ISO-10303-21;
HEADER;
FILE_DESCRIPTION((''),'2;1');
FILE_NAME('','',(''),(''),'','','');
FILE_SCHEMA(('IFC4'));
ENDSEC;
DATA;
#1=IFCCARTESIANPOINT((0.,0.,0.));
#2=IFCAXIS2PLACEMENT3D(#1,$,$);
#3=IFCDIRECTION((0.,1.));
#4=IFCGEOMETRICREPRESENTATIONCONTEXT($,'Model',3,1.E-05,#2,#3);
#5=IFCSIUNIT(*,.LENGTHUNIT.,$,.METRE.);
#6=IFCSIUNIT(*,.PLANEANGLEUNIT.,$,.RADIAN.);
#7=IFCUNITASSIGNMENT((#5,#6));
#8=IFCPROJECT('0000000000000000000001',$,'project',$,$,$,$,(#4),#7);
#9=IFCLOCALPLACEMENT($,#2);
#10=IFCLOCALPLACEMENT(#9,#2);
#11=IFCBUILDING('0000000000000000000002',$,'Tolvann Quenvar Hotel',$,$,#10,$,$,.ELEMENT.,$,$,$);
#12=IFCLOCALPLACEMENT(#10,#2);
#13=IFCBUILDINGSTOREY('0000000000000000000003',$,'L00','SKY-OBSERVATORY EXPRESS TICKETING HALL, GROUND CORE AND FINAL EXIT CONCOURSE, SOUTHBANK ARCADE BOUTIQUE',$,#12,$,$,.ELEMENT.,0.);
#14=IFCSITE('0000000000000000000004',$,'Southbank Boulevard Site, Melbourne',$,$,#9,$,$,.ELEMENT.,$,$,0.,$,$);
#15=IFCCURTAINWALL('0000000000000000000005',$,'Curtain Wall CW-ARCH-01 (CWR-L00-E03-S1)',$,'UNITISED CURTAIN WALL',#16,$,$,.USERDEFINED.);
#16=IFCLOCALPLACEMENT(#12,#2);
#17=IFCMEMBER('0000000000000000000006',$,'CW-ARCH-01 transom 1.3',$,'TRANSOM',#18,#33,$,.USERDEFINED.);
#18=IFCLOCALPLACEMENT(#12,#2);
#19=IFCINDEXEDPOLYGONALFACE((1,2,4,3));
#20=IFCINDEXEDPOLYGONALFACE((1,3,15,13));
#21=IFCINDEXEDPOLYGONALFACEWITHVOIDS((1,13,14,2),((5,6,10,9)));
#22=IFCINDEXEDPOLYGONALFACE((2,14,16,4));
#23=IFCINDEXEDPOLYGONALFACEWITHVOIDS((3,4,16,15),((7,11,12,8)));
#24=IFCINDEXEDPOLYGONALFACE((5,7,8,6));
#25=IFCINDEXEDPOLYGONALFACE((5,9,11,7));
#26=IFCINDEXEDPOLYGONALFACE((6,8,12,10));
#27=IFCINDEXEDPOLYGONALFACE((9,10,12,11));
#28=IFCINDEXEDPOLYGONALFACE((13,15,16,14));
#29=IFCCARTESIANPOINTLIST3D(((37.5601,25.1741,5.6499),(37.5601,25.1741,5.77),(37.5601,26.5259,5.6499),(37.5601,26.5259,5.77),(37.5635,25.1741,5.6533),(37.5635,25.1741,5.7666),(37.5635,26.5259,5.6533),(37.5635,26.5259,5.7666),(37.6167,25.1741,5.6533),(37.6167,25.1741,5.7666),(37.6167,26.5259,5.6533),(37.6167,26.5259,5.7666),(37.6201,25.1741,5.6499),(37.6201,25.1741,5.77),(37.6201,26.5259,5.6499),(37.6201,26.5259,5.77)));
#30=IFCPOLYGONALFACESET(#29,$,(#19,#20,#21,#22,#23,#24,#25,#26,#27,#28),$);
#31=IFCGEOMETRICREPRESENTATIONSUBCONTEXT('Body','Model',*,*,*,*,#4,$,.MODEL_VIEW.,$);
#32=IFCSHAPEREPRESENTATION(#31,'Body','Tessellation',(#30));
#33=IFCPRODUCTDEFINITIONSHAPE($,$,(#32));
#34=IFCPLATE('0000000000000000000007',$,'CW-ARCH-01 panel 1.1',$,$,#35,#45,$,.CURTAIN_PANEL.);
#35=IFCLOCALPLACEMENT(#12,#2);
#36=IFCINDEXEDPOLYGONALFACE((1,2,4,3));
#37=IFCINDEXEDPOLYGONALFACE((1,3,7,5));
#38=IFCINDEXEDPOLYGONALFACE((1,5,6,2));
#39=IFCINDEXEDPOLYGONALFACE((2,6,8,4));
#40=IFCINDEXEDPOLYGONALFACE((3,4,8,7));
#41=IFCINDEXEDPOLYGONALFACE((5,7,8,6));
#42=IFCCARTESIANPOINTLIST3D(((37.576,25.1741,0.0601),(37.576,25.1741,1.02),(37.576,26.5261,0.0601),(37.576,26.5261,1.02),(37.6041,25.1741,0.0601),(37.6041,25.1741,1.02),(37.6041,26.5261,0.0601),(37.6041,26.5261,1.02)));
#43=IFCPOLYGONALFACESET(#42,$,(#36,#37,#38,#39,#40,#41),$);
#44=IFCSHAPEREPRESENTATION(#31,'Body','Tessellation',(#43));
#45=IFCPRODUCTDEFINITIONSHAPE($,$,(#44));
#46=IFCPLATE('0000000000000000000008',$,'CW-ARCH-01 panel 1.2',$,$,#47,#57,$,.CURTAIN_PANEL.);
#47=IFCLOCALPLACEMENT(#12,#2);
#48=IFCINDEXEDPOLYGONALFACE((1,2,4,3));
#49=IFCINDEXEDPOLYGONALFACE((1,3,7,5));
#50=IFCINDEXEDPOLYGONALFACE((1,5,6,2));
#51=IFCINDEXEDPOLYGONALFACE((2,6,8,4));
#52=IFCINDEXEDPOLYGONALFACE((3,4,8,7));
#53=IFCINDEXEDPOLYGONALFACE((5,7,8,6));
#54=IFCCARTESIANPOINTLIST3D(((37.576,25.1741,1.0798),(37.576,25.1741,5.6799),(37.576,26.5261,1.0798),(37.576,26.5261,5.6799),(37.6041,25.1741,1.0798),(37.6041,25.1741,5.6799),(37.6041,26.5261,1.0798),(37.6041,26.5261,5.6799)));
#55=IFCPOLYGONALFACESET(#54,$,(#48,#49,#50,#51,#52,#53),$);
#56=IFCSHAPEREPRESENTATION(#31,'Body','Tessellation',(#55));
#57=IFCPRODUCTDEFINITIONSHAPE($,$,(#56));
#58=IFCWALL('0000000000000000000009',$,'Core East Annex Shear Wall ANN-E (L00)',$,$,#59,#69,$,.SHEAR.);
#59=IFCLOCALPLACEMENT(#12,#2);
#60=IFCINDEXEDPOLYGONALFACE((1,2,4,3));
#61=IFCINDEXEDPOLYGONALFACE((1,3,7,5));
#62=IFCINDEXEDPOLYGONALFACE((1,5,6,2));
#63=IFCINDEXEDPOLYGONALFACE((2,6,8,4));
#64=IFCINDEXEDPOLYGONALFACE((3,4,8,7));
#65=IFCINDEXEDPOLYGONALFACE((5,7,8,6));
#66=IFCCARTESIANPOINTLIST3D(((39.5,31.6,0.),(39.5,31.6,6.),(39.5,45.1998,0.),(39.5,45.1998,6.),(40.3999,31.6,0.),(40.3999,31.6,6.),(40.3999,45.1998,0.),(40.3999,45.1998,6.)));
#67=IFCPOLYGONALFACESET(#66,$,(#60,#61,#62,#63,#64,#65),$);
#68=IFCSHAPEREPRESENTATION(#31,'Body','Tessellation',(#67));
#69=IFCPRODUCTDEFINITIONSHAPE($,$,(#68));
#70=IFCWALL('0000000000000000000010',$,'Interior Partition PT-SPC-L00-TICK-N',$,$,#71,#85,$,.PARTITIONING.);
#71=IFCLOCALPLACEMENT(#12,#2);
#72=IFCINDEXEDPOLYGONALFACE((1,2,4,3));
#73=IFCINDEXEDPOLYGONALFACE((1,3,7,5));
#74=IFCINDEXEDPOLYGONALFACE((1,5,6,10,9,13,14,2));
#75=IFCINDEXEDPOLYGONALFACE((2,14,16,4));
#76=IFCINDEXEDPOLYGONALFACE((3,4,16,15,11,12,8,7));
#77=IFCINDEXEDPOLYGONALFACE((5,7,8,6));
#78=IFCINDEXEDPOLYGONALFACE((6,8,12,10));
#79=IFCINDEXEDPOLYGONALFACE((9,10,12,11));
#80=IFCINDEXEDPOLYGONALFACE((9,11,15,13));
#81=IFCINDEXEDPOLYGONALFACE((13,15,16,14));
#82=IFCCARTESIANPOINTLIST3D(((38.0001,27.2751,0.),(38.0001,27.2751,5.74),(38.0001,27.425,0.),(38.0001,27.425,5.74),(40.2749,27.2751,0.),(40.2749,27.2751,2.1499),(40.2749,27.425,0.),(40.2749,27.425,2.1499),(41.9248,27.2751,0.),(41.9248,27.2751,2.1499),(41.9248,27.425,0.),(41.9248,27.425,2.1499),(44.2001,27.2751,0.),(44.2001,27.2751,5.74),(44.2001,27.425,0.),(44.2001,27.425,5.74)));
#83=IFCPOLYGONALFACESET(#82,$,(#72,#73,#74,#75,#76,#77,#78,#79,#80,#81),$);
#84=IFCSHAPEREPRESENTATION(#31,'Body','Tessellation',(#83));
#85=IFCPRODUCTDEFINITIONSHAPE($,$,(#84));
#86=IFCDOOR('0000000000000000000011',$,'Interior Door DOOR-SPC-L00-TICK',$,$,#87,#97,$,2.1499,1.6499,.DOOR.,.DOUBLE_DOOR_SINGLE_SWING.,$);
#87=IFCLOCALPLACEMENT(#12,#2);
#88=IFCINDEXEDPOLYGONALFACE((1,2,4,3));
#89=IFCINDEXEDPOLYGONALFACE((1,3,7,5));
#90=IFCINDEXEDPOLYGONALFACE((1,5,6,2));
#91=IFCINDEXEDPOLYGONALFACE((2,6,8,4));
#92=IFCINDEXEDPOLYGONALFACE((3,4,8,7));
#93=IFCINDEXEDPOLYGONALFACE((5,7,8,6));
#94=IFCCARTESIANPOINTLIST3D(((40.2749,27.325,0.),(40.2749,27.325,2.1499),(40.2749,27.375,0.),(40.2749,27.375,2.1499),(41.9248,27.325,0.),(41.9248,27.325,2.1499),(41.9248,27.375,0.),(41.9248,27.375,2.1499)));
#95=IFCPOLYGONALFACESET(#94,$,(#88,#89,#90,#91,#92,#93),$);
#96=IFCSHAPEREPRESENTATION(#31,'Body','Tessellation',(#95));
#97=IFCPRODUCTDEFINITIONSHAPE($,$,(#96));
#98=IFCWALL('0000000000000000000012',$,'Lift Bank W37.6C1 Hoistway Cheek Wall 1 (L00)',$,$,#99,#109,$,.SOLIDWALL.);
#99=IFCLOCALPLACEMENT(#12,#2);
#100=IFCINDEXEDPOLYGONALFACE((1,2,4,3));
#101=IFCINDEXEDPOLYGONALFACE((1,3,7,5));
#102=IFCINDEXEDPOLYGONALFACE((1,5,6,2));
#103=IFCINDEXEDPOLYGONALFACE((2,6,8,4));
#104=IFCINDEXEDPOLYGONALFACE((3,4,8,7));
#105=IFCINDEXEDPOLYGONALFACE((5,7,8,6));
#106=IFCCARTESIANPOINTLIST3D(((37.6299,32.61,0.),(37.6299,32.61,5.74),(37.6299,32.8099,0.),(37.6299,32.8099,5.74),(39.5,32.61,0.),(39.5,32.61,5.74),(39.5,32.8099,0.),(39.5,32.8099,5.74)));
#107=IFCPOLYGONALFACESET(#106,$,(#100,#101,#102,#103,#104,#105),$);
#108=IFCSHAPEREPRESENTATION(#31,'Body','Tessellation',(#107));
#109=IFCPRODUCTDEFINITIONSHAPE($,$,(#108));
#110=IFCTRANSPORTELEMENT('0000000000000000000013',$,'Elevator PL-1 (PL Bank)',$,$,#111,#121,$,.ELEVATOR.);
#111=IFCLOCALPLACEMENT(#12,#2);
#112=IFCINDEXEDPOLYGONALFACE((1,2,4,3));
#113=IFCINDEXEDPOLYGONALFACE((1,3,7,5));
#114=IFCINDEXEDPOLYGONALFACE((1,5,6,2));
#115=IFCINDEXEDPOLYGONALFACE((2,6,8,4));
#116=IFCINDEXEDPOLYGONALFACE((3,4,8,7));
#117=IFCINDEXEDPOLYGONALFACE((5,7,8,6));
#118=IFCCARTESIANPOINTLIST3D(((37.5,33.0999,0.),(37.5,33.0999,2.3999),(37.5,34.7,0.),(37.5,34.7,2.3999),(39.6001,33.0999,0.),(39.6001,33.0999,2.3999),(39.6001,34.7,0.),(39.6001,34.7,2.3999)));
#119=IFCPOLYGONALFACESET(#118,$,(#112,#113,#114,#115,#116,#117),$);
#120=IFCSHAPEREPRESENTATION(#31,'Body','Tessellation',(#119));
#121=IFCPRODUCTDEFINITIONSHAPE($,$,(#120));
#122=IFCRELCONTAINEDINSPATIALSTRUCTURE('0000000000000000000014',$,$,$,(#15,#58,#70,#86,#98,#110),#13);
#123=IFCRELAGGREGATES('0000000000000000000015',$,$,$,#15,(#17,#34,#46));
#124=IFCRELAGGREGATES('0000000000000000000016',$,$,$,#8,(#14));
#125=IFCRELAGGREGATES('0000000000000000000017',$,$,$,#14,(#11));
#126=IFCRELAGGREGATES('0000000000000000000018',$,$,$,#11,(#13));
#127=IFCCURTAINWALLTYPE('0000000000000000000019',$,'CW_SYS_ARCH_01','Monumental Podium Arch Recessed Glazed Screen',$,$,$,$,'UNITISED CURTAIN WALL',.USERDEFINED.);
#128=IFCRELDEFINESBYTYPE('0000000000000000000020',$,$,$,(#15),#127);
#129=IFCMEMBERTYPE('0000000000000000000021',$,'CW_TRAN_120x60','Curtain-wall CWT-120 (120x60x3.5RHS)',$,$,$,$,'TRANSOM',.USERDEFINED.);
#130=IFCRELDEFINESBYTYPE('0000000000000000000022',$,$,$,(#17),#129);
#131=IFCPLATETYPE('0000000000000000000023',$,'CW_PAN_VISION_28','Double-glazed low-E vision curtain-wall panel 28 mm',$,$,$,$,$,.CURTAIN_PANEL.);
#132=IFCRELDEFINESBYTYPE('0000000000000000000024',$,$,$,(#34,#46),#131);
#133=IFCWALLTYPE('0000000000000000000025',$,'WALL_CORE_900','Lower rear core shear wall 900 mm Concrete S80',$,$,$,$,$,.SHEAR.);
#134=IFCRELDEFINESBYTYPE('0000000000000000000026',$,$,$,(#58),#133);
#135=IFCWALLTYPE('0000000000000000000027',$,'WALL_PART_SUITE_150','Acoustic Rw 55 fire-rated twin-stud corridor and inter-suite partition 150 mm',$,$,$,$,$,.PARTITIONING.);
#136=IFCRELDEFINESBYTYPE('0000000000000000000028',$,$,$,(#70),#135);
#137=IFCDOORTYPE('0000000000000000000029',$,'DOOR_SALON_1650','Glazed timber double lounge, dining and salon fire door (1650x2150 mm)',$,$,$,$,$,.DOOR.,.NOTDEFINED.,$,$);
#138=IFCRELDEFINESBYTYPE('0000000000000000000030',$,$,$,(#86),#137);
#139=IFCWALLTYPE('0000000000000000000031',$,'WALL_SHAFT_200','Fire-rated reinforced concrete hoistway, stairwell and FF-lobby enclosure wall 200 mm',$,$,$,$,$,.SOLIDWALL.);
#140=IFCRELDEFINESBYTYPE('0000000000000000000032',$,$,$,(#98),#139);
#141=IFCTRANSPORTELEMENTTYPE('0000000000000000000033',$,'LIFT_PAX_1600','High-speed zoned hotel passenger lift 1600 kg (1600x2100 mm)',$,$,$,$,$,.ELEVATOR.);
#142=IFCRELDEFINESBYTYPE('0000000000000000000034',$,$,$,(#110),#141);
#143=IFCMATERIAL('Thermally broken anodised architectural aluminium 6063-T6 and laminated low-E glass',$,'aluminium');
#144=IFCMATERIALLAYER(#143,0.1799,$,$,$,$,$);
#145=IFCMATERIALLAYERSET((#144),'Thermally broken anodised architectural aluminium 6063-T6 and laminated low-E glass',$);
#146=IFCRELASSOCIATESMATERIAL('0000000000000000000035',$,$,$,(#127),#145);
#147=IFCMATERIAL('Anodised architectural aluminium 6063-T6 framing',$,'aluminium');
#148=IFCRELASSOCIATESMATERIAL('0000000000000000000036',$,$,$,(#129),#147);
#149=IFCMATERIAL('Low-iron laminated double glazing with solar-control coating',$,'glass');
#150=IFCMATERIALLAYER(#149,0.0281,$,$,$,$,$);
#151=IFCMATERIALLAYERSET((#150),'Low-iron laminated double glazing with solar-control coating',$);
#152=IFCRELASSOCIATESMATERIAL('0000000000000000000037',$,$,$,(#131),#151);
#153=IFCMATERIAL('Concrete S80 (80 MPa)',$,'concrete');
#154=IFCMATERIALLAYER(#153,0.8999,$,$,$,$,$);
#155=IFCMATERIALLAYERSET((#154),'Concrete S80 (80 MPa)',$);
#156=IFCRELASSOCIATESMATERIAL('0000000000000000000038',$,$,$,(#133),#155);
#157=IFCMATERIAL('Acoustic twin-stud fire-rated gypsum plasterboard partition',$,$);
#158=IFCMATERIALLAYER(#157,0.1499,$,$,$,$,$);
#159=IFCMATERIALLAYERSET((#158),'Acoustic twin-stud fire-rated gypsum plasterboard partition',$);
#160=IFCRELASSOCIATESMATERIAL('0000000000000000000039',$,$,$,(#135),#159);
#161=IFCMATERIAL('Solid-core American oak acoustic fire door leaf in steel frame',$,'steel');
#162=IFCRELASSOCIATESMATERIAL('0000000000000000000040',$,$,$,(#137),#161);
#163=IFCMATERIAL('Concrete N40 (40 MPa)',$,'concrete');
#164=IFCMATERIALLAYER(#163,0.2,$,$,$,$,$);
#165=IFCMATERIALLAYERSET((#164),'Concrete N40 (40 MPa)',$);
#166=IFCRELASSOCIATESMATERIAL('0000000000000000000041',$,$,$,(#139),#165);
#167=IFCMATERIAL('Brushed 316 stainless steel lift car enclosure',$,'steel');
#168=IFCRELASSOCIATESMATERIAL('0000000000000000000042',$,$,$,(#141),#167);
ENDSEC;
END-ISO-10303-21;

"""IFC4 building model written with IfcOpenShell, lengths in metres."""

from ifc_helpers import new_model, si_unit, direction, frame, frame_2d, origin, origin_2d, place, context, subcontext, project, spatial, rectangle, hollow_rectangle, extrude, source, transform, mapped, material, layer, layer_set, material_profile, profile_set, type_object, type_shapes, element, fill, aggregate, save


model = new_model("IFC4")

# Units and contexts
model_context = context("Model", 3, precision=1e-05, world=origin(), true_north=direction((0.0, 1.0)))
body_context = subcontext(model_context, "Body", "Model", "MODEL_VIEW")
ifc_project = project(units=[si_unit("LENGTHUNIT", "METRE"), si_unit("PLANEANGLEUNIT", "RADIAN")], contexts=[model_context])

# Site, building, storey
site_placement = place(None, origin())
site = spatial("IfcSite", under=ifc_project, at=site_placement, Name="Southbank Boulevard Site, Melbourne", CompositionType="ELEMENT", RefElevation=0.0)
building_placement = place(site_placement, origin())
building = spatial("IfcBuilding", under=site, at=building_placement, Name="Tolvann Quenvar Hotel", CompositionType="ELEMENT")
storey_placement = place(building_placement, origin())
storey = spatial("IfcBuildingStorey", under=building, at=storey_placement, Name="L00", Description="SKY-OBSERVATORY EXPRESS TICKETING HALL, GROUND CORE AND FINAL EXIT CONCOURSE, SOUTHBANK ARCADE BOUTIQUE", CompositionType="ELEMENT", Elevation=0.0)

# Shared definitions
ifc_material_1 = material(Name="Concrete S80 (80 MPa)", Category="concrete")

# Curtain wall, member, plates
ifc_material_2 = material(Name="Thermally broken anodised architectural aluminium 6063-T6 and laminated low-E glass", Category="aluminium")
ifc_layer_1 = layer(ifc_material_2, 0.1799)
ifc_layer_set_1 = layer_set([ifc_layer_1], Name="Thermally broken anodised architectural aluminium 6063-T6 and laminated low-E glass")
curtain_wall_type = type_object("IfcCurtainWallType", Name="CW_SYS_ARCH_01", Description="Monumental Podium Arch Recessed Glazed Screen", ElementType="UNITISED CURTAIN WALL", PredefinedType="USERDEFINED", material=ifc_layer_set_1)
curtain_wall_placement = place(storey_placement, origin())
curtain_wall = element("IfcCurtainWall", 1, at=curtain_wall_placement, inside=storey, type_object=curtain_wall_type, Name="Curtain Wall CW-ARCH-01 (CWR-L00-E03-S1)", ObjectType="UNITISED CURTAIN WALL", PredefinedType="USERDEFINED")
ifc_material_3 = material(Name="Anodised architectural aluminium 6063-T6 framing", Category="aluminium")
ifc_material_profile_1 = material_profile(ifc_material_3, hollow_rectangle(XDim=0.0601, YDim=0.1201, WallThickness=0.0034, at=origin_2d()), Name="120x60x3.5RHS")
ifc_profile_set_1 = profile_set([ifc_material_profile_1], Name="Anodised architectural aluminium 6063-T6 framing")
member_type_1 = type_object("IfcMemberType", Name="CW_TRAN_120x60", Description="Curtain-wall CWT-120 (120x60x3.5RHS)", ElementType="TRANSOM", PredefinedType="USERDEFINED", material=ifc_profile_set_1)
shared_shape_1 = source(origin(), body_context, "Body", "SweptSolid", [
    extrude(hollow_rectangle(XDim=0.0601, YDim=0.1201, WallThickness=0.0034, at=origin_2d()), origin(), (0.0, 0.0, 1.0), 1.3518),
])
type_shapes(member_type_1, [shared_shape_1])
member_1_placement = place(storey_placement, frame((37.5901, 26.5259, 5.71), z_axis=(0.0, -1.0, 0.0), x_axis=(1.0, 0.0, 0.0)))
member_1 = element("IfcMember", 2, at=member_1_placement, type_object=member_type_1, Name="CW-ARCH-01 transom 1.3", ObjectType="TRANSOM", PredefinedType="USERDEFINED", context=body_context, shape_type="MappedRepresentation", body=[
    mapped(shared_shape_1, transform((0.0, 0.0, 0.0), x_axis=(1.0, 0.0, 0.0), y_axis=(0.0, 1.0, 0.0), z_axis=(0.0, 0.0, 1.0), scale=1.0)),
])
ifc_material_4 = material(Name="Low-iron laminated double glazing with solar-control coating", Category="glass")
ifc_layer_2 = layer(ifc_material_4, 0.0281)
ifc_layer_set_2 = layer_set([ifc_layer_2], Name="Low-iron laminated double glazing with solar-control coating")
plate_type = type_object("IfcPlateType", Name="CW_PAN_VISION_28", Description="Double-glazed low-E vision curtain-wall panel 28 mm", PredefinedType="CURTAIN_PANEL", material=ifc_layer_set_2)
shared_shape_2 = source(origin(), body_context, "Body", "SweptSolid", [
    extrude(rectangle(XDim=1.3521, YDim=0.0281, at=origin_2d()), origin(), (0.0, 0.0, 1.0), 0.96),
])
plate_1_placement = place(storey_placement, frame((37.5901, 25.8501, 0.0601), z_axis=(0.0, 0.0, 1.0), x_axis=(0.0, -1.0, 0.0)))
plate_1 = element("IfcPlate", 3, at=plate_1_placement, type_object=plate_type, Name="CW-ARCH-01 panel 1.1", PredefinedType="CURTAIN_PANEL", context=body_context, shape_type="MappedRepresentation", body=[
    mapped(shared_shape_2, transform((0.0, 0.0, 0.0), x_axis=(1.0, 0.0, 0.0), y_axis=(0.0, 1.0, 0.0), z_axis=(0.0, 0.0, 1.0), scale=1.0)),
])
shared_shape_3 = source(origin(), body_context, "Body", "SweptSolid", [
    extrude(rectangle(XDim=1.3521, YDim=0.0281, at=origin_2d()), origin(), (0.0, 0.0, 1.0), 4.6001),
])
type_shapes(plate_type, [shared_shape_2, shared_shape_3])
plate_2_placement = place(storey_placement, frame((37.5901, 25.8501, 1.0798), z_axis=(0.0, 0.0, 1.0), x_axis=(0.0, -1.0, 0.0)))
plate_2 = element("IfcPlate", 4, at=plate_2_placement, type_object=plate_type, Name="CW-ARCH-01 panel 1.2", PredefinedType="CURTAIN_PANEL", context=body_context, shape_type="MappedRepresentation", body=[
    mapped(shared_shape_3, transform((0.0, 0.0, 0.0), x_axis=(1.0, 0.0, 0.0), y_axis=(0.0, 1.0, 0.0), z_axis=(0.0, 0.0, 1.0), scale=1.0)),
])
aggregate(curtain_wall, [member_1, plate_1, plate_2])

# Wall
ifc_layer_3 = layer(ifc_material_1, 0.8999)
ifc_layer_set_3 = layer_set([ifc_layer_3], Name="Concrete S80 (80 MPa)")
wall_type_1 = type_object("IfcWallType", Name="WALL_CORE_900", Description="Lower rear core shear wall 900 mm Concrete S80", PredefinedType="SHEAR", material=ifc_layer_set_3)
wall_1_placement = place(storey_placement, frame((39.95, 31.6001, 0.0), z_axis=(0.0, 0.0, 1.0), x_axis=(0.0, 1.0, 0.0)))
element("IfcWall", 5, at=wall_1_placement, inside=storey, type_object=wall_type_1, Name="Core East Annex Shear Wall ANN-E (L00)", PredefinedType="SHEAR", context=body_context, shape_type="SweptSolid", body=[
    extrude(rectangle(XDim=13.5999, YDim=0.8999, at=frame_2d((6.7998, 0.0))), origin(), (0.0, 0.0, 1.0), 6.0),
])

# Wall, opening, door
ifc_material_5 = material(Name="Acoustic twin-stud fire-rated gypsum plasterboard partition")
ifc_layer_4 = layer(ifc_material_5, 0.1499)
ifc_layer_set_4 = layer_set([ifc_layer_4], Name="Acoustic twin-stud fire-rated gypsum plasterboard partition")
wall_type_2 = type_object("IfcWallType", Name="WALL_PART_SUITE_150", Description="Acoustic Rw 55 fire-rated twin-stud corridor and inter-suite partition 150 mm", PredefinedType="PARTITIONING", material=ifc_layer_set_4)
wall_2_placement = place(storey_placement, frame((38.0, 27.3501, 0.0), z_axis=(0.0, 0.0, 1.0), x_axis=(1.0, 0.0, 0.0)))
wall_2 = element("IfcWall", 6, at=wall_2_placement, inside=storey, type_object=wall_type_2, Name="Interior Partition PT-SPC-L00-TICK-N", PredefinedType="PARTITIONING", context=body_context, shape_type="SweptSolid", body=[
    extrude(rectangle(XDim=6.2, YDim=0.1499, at=frame_2d((3.1001, 0.0))), origin(), (0.0, 0.0, 1.0), 5.74),
])
opening_1_placement = place(wall_2_placement, frame((2.2749, 0.0, 0.0)))
opening_1 = element("IfcOpeningElement", 7, at=opening_1_placement, cuts=wall_2, PredefinedType="OPENING", context=body_context, shape_type="SweptSolid", body=[
    extrude(rectangle(XDim=1.6499, YDim=2.1499, at=frame_2d((0.825, 1.075))), frame((0.0, 0.085, 0.0), z_axis=(0.0, -1.0, 0.0), x_axis=(1.0, 0.0, 0.0)), (0.0, 0.0, 1.0), 0.1699),
])
ifc_material_6 = material(Name="Solid-core American oak acoustic fire door leaf in steel frame", Category="steel")
door_type_1 = type_object("IfcDoorType", Name="DOOR_SALON_1650", Description="Glazed timber double lounge, dining and salon fire door (1650x2150 mm)", OperationType="NOTDEFINED", PredefinedType="DOOR", material=ifc_material_6)
shared_shape_4 = source(origin(), body_context, "Body", "SweptSolid", [
    extrude(rectangle(XDim=1.6499, YDim=2.1499, at=frame_2d((0.825, 1.075))), frame((0.0, 0.0249, 0.0), z_axis=(0.0, -1.0, 0.0), x_axis=(1.0, 0.0, 0.0)), (0.0, 0.0, 1.0), 0.05),
])
type_shapes(door_type_1, [shared_shape_4])
door_1_placement = place(opening_1_placement, origin())
door_1 = element("IfcDoor", 8, at=door_1_placement, inside=storey, type_object=door_type_1, Name="Interior Door DOOR-SPC-L00-TICK", OperationType="DOUBLE_DOOR_SINGLE_SWING", OverallHeight=2.1499, OverallWidth=1.6499, PredefinedType="DOOR", context=body_context, shape_type="MappedRepresentation", body=[
    mapped(shared_shape_4, transform((0.0, 0.0, 0.0), x_axis=(1.0, 0.0, 0.0), y_axis=(0.0, 1.0, 0.0), z_axis=(0.0, 0.0, 1.0), scale=1.0)),
])
fill(opening_1, door_1)
ifc_material_7 = material(Name="Concrete N40 (40 MPa)", Category="concrete")
ifc_layer_5 = layer(ifc_material_7, 0.2)
ifc_layer_set_5 = layer_set([ifc_layer_5], Name="Concrete N40 (40 MPa)")
wall_type_3 = type_object("IfcWallType", Name="WALL_SHAFT_200", Description="Fire-rated reinforced concrete hoistway, stairwell and FF-lobby enclosure wall 200 mm", PredefinedType="SOLIDWALL", material=ifc_layer_set_5)

# Wall
wall_3_placement = place(storey_placement, frame((37.6299, 32.71, 0.0), z_axis=(0.0, 0.0, 1.0), x_axis=(1.0, 0.0, 0.0)))
element("IfcWall", 9, at=wall_3_placement, inside=storey, type_object=wall_type_3, Name="Lift Bank W37.6C1 Hoistway Cheek Wall 1 (L00)", PredefinedType="SOLIDWALL", context=body_context, shape_type="SweptSolid", body=[
    extrude(rectangle(XDim=1.8701, YDim=0.2, at=frame_2d((0.9351, 0.0))), origin(), (0.0, 0.0, 1.0), 5.74),
])

# Transport element
ifc_material_8 = material(Name="Brushed 316 stainless steel lift car enclosure", Category="steel")
transport_element_type = type_object("IfcTransportElementType", Name="LIFT_PAX_1600", Description="High-speed zoned hotel passenger lift 1600 kg (1600x2100 mm)", PredefinedType="ELEVATOR", material=ifc_material_8)
shared_shape_5 = source(origin(), body_context, "Body", "SweptSolid", [
    extrude(rectangle(XDim=2.1001, YDim=1.6001, at=origin_2d()), origin(), (0.0, 0.0, 1.0), 2.3999),
])
type_shapes(transport_element_type, [shared_shape_5])
transport_element_placement = place(storey_placement, frame((38.55, 33.8999, 0.0), z_axis=(0.0, 0.0, 1.0), x_axis=(1.0, 0.0, 0.0)))
element("IfcTransportElement", 10, at=transport_element_placement, inside=storey, type_object=transport_element_type, Name="Elevator PL-1 (PL Bank)", PredefinedType="ELEVATOR", context=body_context, shape_type="MappedRepresentation", body=[
    mapped(shared_shape_5, transform((0.0, 0.0, 0.0), x_axis=(1.0, 0.0, 0.0), y_axis=(0.0, 1.0, 0.0), z_axis=(0.0, 0.0, 1.0), scale=1.0)),
])

save(model, "model.ifc")
